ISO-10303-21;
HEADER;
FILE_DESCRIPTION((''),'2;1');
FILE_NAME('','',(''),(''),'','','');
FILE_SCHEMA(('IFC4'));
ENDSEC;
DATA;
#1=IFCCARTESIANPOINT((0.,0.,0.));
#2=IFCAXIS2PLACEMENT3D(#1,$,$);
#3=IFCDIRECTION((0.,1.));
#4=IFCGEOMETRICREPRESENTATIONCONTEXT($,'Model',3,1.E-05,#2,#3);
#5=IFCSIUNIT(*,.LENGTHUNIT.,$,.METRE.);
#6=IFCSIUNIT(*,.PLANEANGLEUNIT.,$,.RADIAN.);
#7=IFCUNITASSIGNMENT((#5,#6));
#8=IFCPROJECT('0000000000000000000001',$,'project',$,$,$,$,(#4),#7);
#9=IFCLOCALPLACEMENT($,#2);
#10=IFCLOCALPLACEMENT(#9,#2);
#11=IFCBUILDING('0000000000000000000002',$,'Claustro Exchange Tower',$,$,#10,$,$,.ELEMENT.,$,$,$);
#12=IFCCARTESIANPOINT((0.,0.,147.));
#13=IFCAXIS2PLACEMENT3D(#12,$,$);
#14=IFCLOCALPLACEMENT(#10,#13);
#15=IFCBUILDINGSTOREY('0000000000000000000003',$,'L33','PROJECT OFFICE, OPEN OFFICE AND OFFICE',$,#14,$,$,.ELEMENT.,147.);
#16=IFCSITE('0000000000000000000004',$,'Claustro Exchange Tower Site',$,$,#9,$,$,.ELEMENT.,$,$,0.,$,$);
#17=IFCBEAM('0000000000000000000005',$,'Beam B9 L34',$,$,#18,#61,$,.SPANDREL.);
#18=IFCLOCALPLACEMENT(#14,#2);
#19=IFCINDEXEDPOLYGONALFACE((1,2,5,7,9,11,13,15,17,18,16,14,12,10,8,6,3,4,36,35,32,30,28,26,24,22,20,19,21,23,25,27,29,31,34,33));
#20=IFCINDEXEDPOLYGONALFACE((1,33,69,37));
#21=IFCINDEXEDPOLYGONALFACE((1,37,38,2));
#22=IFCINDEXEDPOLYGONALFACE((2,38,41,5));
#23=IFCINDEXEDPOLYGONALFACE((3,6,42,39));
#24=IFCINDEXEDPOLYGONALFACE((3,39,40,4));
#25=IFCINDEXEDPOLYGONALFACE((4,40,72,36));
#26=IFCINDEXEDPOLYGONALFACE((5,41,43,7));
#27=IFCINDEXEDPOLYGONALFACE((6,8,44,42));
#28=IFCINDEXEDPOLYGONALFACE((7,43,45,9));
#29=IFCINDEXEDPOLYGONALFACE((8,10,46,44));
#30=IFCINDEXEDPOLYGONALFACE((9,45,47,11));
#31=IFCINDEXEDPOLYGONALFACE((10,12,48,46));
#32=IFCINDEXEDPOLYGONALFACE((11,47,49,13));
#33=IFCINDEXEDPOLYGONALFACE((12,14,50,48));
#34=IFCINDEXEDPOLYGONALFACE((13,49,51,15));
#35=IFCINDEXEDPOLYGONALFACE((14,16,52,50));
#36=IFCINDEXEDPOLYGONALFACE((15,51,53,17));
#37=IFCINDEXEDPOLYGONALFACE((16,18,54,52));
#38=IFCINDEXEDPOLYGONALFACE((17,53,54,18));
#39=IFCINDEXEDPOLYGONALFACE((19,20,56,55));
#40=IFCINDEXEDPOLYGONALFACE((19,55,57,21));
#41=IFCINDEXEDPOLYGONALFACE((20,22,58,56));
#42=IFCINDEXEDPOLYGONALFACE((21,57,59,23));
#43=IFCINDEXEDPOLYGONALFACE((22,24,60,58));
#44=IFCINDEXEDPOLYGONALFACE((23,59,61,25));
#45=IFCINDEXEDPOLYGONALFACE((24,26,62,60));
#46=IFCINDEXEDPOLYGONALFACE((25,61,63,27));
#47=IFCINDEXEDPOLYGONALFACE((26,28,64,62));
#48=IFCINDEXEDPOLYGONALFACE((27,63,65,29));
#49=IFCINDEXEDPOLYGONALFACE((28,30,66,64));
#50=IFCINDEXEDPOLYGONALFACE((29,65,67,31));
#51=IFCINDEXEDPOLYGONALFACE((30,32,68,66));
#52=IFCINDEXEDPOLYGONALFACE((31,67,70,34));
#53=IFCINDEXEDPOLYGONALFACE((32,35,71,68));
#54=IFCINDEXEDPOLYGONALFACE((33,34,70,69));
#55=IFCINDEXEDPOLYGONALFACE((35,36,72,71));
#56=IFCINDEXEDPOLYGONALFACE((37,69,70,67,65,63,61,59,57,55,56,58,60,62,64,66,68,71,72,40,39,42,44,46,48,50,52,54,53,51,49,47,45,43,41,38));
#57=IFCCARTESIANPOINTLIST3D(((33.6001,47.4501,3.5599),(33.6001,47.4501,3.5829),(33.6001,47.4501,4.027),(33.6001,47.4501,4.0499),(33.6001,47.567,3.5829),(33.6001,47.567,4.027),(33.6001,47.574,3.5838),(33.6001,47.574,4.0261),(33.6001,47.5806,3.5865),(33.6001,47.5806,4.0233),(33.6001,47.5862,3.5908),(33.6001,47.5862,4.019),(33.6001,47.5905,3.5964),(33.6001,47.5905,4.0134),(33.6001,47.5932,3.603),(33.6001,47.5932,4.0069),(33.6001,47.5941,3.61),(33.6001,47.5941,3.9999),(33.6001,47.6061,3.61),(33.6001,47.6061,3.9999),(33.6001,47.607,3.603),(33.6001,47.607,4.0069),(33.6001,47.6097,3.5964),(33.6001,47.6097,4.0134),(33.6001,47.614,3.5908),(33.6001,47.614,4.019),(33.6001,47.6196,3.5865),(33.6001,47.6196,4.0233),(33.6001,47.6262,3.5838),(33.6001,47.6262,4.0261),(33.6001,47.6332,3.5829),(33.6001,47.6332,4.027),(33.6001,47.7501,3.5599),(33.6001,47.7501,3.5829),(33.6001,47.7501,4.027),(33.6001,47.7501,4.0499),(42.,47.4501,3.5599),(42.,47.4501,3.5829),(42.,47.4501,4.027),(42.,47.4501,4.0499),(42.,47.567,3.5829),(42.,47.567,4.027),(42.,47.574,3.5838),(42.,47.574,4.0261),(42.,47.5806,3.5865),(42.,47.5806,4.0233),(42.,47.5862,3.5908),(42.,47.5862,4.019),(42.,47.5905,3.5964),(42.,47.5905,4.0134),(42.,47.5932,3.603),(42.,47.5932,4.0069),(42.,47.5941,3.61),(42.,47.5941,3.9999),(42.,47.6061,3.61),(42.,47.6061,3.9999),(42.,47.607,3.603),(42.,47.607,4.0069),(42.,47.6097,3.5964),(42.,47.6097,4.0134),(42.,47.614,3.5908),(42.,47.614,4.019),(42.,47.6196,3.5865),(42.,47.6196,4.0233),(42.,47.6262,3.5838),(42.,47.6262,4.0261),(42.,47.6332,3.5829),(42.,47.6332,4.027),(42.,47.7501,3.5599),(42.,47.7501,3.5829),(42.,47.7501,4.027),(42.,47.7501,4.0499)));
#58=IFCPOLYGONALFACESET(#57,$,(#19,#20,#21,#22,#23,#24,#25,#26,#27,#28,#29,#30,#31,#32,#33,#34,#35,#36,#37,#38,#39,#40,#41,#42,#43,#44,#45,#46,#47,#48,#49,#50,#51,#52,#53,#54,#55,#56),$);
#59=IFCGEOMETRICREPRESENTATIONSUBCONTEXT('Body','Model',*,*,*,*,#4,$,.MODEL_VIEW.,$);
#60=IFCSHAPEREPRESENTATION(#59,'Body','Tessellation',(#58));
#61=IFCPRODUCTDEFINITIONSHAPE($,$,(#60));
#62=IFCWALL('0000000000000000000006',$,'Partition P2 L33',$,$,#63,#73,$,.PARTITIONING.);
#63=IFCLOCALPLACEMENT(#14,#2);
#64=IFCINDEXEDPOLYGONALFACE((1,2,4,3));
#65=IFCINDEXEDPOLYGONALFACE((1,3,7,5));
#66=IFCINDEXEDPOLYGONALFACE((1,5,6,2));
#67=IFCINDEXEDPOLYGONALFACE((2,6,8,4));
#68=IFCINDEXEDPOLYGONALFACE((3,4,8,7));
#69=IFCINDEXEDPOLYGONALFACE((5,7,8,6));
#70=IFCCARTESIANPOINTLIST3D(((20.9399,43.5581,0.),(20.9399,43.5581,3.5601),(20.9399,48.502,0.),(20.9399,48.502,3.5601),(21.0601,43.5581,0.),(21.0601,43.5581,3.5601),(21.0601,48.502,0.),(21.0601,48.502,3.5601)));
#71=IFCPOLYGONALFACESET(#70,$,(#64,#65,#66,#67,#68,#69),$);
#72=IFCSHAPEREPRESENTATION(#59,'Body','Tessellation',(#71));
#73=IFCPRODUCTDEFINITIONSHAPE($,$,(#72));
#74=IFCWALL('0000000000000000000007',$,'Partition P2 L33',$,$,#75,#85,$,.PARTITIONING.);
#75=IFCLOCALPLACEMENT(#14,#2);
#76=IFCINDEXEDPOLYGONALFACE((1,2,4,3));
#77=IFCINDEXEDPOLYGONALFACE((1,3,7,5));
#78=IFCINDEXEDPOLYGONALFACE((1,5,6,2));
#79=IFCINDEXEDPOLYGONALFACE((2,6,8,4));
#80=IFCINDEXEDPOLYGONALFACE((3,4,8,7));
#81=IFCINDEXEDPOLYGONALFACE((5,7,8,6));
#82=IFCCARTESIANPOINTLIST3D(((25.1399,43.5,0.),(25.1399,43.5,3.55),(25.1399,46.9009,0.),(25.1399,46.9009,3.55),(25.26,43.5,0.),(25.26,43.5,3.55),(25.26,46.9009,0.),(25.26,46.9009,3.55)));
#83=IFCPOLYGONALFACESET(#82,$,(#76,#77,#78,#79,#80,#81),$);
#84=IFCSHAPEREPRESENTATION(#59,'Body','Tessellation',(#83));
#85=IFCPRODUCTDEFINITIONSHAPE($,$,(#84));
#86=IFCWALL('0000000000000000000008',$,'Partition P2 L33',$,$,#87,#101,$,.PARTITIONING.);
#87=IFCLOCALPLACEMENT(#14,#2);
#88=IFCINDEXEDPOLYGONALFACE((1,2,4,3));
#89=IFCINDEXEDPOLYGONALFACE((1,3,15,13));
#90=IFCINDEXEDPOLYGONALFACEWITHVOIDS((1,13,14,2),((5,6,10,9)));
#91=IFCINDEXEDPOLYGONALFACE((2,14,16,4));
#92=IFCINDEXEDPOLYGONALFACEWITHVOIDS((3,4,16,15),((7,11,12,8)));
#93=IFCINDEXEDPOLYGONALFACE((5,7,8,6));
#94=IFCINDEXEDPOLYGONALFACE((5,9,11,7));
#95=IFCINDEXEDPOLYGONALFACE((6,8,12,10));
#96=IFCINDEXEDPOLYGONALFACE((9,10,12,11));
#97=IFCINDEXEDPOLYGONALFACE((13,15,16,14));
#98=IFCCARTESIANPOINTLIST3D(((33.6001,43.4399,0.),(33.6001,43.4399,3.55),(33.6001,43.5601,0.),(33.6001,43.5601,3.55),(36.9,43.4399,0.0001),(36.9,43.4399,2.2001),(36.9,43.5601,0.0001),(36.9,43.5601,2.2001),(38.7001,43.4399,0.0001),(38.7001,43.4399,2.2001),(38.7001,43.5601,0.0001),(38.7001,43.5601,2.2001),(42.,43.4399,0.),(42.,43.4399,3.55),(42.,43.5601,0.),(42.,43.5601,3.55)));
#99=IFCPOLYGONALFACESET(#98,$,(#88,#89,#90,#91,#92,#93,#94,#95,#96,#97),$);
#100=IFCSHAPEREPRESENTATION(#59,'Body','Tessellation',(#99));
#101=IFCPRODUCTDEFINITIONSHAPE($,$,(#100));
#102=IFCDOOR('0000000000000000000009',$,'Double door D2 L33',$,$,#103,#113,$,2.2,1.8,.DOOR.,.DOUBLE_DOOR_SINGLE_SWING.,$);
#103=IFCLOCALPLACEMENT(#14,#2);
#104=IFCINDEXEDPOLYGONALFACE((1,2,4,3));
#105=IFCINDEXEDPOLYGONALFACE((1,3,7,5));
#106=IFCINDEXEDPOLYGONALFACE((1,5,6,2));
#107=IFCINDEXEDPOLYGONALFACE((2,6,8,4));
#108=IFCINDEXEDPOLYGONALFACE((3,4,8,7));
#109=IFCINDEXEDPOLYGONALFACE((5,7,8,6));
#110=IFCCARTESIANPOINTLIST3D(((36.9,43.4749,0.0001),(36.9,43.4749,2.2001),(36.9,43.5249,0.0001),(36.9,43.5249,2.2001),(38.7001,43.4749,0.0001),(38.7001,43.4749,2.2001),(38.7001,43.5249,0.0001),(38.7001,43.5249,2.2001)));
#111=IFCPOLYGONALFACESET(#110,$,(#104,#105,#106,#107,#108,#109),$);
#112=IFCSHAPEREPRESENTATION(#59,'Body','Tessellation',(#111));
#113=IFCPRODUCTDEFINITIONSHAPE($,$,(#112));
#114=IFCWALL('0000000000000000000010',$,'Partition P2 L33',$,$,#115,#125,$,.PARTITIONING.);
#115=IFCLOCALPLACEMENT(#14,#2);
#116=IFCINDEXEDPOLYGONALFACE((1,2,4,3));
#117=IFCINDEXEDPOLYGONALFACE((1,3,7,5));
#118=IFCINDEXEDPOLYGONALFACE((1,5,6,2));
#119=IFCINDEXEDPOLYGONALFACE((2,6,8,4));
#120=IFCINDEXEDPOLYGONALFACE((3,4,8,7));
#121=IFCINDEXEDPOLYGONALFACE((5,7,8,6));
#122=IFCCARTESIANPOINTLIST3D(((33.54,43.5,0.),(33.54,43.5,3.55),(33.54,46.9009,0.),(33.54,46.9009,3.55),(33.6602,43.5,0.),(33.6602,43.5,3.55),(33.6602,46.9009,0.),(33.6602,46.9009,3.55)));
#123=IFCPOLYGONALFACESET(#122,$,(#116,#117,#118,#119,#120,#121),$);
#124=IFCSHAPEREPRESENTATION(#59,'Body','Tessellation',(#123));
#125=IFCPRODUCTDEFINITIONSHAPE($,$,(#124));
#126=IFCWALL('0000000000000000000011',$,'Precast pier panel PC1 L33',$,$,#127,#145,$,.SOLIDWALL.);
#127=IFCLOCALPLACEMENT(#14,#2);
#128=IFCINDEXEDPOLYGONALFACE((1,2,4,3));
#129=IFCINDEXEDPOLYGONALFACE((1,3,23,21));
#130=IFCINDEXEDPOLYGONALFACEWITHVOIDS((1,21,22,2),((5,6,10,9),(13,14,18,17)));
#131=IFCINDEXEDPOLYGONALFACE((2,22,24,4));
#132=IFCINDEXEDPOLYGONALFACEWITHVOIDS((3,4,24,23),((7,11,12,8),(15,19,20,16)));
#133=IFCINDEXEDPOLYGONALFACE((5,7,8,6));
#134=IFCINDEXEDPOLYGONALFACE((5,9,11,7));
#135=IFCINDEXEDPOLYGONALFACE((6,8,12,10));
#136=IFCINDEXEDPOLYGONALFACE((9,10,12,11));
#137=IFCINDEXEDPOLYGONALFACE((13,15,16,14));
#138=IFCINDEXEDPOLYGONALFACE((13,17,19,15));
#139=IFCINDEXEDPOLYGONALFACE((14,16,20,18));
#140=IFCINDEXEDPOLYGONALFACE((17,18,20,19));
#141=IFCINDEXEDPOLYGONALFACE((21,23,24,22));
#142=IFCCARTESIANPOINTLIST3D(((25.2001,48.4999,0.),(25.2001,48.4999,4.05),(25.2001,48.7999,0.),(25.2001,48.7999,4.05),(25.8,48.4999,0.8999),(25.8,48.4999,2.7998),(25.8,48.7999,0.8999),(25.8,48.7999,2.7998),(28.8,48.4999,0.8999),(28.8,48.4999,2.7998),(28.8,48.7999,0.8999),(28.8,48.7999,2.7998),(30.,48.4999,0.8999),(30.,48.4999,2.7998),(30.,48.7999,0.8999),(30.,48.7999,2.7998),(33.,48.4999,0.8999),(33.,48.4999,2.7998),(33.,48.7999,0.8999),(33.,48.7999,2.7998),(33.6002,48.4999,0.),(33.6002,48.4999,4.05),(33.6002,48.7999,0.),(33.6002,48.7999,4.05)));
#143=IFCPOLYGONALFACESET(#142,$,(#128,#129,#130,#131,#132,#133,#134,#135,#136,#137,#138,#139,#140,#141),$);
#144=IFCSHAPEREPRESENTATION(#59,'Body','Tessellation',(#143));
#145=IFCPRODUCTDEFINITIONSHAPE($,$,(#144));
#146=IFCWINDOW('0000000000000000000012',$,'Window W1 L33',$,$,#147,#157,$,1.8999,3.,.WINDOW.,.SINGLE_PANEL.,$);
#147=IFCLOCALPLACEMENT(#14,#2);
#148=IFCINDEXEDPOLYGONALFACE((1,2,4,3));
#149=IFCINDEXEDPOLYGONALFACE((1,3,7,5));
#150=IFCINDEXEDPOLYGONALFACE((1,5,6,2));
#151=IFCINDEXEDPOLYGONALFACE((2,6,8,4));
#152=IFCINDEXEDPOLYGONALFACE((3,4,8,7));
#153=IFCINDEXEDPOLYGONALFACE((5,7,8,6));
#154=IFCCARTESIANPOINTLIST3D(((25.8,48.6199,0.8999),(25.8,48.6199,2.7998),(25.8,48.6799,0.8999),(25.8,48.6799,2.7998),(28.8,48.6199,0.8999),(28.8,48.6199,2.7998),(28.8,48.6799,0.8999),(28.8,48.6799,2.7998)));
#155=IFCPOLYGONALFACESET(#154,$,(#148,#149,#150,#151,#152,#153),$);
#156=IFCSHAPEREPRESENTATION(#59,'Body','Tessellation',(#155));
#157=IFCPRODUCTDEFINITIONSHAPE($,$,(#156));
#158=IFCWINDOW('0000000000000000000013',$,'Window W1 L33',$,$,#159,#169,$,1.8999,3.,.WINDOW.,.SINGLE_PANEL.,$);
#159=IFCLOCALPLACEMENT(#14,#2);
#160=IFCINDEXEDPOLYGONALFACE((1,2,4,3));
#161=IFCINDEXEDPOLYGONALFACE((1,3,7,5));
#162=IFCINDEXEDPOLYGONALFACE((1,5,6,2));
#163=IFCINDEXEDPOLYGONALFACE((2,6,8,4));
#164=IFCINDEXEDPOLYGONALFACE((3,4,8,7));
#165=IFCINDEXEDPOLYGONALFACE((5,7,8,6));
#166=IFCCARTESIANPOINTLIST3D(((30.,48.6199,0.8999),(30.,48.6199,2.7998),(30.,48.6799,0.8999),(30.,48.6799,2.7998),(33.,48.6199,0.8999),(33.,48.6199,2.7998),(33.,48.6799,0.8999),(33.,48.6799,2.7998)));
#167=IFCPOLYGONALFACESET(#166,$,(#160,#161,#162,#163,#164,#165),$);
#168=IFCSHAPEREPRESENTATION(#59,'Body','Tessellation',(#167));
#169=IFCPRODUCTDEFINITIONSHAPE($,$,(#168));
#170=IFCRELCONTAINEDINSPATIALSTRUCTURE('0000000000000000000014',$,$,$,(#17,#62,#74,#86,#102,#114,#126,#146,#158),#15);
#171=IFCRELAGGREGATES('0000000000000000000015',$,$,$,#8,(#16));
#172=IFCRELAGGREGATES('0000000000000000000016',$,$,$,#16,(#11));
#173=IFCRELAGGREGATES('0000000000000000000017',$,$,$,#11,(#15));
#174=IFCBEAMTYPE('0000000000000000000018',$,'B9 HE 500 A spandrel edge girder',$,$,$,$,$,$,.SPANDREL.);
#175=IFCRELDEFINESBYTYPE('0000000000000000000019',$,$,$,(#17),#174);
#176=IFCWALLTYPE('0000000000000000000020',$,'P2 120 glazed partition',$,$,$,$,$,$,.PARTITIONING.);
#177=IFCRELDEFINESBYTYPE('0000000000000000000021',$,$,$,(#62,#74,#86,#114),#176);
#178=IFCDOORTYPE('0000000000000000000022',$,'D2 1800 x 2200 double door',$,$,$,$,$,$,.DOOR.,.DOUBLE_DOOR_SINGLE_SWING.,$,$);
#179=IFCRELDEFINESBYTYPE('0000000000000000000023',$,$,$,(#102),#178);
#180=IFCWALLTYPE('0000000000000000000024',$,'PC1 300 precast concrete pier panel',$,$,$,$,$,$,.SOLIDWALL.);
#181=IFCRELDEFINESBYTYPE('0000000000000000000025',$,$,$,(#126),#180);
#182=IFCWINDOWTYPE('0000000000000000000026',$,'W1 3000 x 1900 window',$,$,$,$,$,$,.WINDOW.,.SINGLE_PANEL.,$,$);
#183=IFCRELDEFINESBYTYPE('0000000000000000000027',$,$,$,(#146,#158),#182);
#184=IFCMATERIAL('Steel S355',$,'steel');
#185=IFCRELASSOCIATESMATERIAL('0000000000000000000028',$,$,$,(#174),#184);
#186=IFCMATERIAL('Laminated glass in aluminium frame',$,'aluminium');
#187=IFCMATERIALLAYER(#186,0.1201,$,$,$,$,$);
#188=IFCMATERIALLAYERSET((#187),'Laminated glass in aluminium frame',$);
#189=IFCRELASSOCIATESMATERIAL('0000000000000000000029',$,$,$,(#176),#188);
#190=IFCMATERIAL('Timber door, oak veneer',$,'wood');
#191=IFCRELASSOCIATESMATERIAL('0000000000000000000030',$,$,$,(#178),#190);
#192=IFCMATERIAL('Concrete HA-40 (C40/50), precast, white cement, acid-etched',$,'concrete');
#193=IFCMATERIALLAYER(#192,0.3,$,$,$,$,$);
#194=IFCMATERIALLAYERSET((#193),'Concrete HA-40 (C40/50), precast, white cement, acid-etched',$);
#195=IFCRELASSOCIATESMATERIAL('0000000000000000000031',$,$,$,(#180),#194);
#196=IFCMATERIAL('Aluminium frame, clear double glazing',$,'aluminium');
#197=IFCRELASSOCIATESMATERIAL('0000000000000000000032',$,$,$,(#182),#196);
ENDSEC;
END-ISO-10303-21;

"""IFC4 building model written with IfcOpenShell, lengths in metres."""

from ifc_helpers import new_model, si_unit, direction, frame, frame_2d, origin, origin_2d, place, context, subcontext, project, spatial, rectangle, i_section, extrude, material, layer, layer_set, material_profile, profile_set, type_object, element, fill, save


model = new_model("IFC4")

# Units and contexts
model_context = context("Model", 3, precision=1e-05, world=origin(), true_north=direction((0.0, 1.0)))
body_context = subcontext(model_context, "Body", "Model", "MODEL_VIEW")
ifc_project = project(units=[si_unit("LENGTHUNIT", "METRE"), si_unit("PLANEANGLEUNIT", "RADIAN")], contexts=[model_context])

# Site, building, storey
site_placement = place(None, origin())
site = spatial("IfcSite", under=ifc_project, at=site_placement, Name="Claustro Exchange Tower Site", CompositionType="ELEMENT", RefElevation=0.0)
building_placement = place(site_placement, origin())
building = spatial("IfcBuilding", under=site, at=building_placement, Name="Claustro Exchange Tower", CompositionType="ELEMENT")
storey_placement = place(building_placement, frame((0.0, 0.0, 147.0)))
storey = spatial("IfcBuildingStorey", under=building, at=storey_placement, Name="L33", Description="PROJECT OFFICE, OPEN OFFICE AND OFFICE", CompositionType="ELEMENT", Elevation=147.0)

# Beam
ifc_material_1 = material(Name="Steel S355", Category="steel")
ifc_material_profile_1 = material_profile(ifc_material_1, i_section(OverallWidth=0.3, OverallDepth=0.49, WebThickness=0.012, FlangeThickness=0.0229, FilletRadius=0.0271, at=origin_2d()), Name="HE 500 A")
ifc_profile_set_1 = profile_set([ifc_material_profile_1], Name="Steel S355")
beam_type_1 = type_object("IfcBeamType", Name="B9 HE 500 A spandrel edge girder", PredefinedType="SPANDREL", material=ifc_profile_set_1)
beam_1_placement = place(storey_placement, frame((33.6001, 47.6001, 3.8049), z_axis=(1.0, 0.0, 0.0), x_axis=(0.0, 1.0, 0.0)))
element("IfcBeam", 1, at=beam_1_placement, inside=storey, type_object=beam_type_1, Name="Beam B9 L34", PredefinedType="SPANDREL", context=body_context, shape_type="SweptSolid", body=[
    extrude(i_section(OverallWidth=0.3, OverallDepth=0.49, WebThickness=0.012, FlangeThickness=0.0229, FilletRadius=0.0271, at=origin_2d()), origin(), (0.0, 0.0, 1.0), 8.3999),
])

# Walls
ifc_material_2 = material(Name="Laminated glass in aluminium frame", Category="aluminium")
ifc_layer_1 = layer(ifc_material_2, 0.1201)
ifc_layer_set_1 = layer_set([ifc_layer_1], Name="Laminated glass in aluminium frame")
wall_type_1 = type_object("IfcWallType", Name="P2 120 glazed partition", PredefinedType="PARTITIONING", material=ifc_layer_set_1)
wall_1_placement = place(storey_placement, frame((21.0, 43.5581, 0.0), z_axis=(0.0, 0.0, 1.0), x_axis=(0.0, 1.0, 0.0)))
element("IfcWall", 2, at=wall_1_placement, inside=storey, type_object=wall_type_1, Name="Partition P2 L33", PredefinedType="PARTITIONING", context=body_context, shape_type="SweptSolid", body=[
    extrude(rectangle(XDim=4.9438, YDim=0.1201, at=frame_2d((2.4719, 0.0))), origin(), (0.0, 0.0, 1.0), 3.5601),
])
wall_2_placement = place(storey_placement, frame((25.2, 43.5, 0.0), z_axis=(0.0, 0.0, 1.0), x_axis=(0.0, 1.0, 0.0)))
element("IfcWall", 3, at=wall_2_placement, inside=storey, type_object=wall_type_1, Name="Partition P2 L33", PredefinedType="PARTITIONING", context=body_context, shape_type="SweptSolid", body=[
    extrude(rectangle(XDim=3.4009, YDim=0.1201, at=frame_2d((1.7004, 0.0))), origin(), (0.0, 0.0, 1.0), 3.55),
])

# Wall, opening, door
wall_3_placement = place(storey_placement, frame((33.6001, 43.5, 0.0), z_axis=(0.0, 0.0, 1.0), x_axis=(1.0, 0.0, 0.0)))
wall_3 = element("IfcWall", 4, at=wall_3_placement, inside=storey, type_object=wall_type_1, Name="Partition P2 L33", PredefinedType="PARTITIONING", context=body_context, shape_type="SweptSolid", body=[
    extrude(rectangle(XDim=8.3999, YDim=0.1201, at=frame_2d((4.2, 0.0))), origin(), (0.0, 0.0, 1.0), 3.55),
])
opening_1_placement = place(wall_3_placement, frame((3.3, 0.0, 0.0)))
opening_1 = element("IfcOpeningElement", 5, at=opening_1_placement, cuts=wall_3, PredefinedType="OPENING", context=body_context, shape_type="SweptSolid", body=[
    extrude(rectangle(XDim=1.8, YDim=2.2, at=frame_2d((0.8999, 1.1001))), frame((0.0, 0.0701, 0.0), z_axis=(0.0, -1.0, 0.0), x_axis=(1.0, 0.0, 0.0)), (0.0, 0.0, 1.0), 0.1401),
])
ifc_material_3 = material(Name="Timber door, oak veneer", Category="wood")
door_type = type_object("IfcDoorType", Name="D2 1800 x 2200 double door", OperationType="DOUBLE_DOOR_SINGLE_SWING", PredefinedType="DOOR", material=ifc_material_3)
door_placement = place(opening_1_placement, origin())
door = element("IfcDoor", 6, at=door_placement, inside=storey, type_object=door_type, Name="Double door D2 L33", OperationType="DOUBLE_DOOR_SINGLE_SWING", OverallHeight=2.2, OverallWidth=1.8, PredefinedType="DOOR", context=body_context, shape_type="SweptSolid", body=[
    extrude(rectangle(XDim=1.8, YDim=2.2, at=frame_2d((0.8999, 1.1001))), frame((0.0, 0.0249, 0.0), z_axis=(0.0, -1.0, 0.0), x_axis=(1.0, 0.0, 0.0)), (0.0, 0.0, 1.0), 0.05),
])
fill(opening_1, door)

# Wall
wall_4_placement = place(storey_placement, frame((33.6001, 43.5, 0.0), z_axis=(0.0, 0.0, 1.0), x_axis=(0.0, 1.0, 0.0)))
element("IfcWall", 7, at=wall_4_placement, inside=storey, type_object=wall_type_1, Name="Partition P2 L33", PredefinedType="PARTITIONING", context=body_context, shape_type="SweptSolid", body=[
    extrude(rectangle(XDim=3.4009, YDim=0.1201, at=frame_2d((1.7004, 0.0))), origin(), (0.0, 0.0, 1.0), 3.55),
])

# Wall, openings, windows
ifc_material_4 = material(Name="Concrete HA-40 (C40/50), precast, white cement, acid-etched", Category="concrete")
ifc_layer_2 = layer(ifc_material_4, 0.3)
ifc_layer_set_2 = layer_set([ifc_layer_2], Name="Concrete HA-40 (C40/50), precast, white cement, acid-etched")
wall_type_2 = type_object("IfcWallType", Name="PC1 300 precast concrete pier panel", PredefinedType="SOLIDWALL", material=ifc_layer_set_2)
wall_5_placement = place(storey_placement, frame((25.2, 48.6499, 0.0), z_axis=(0.0, 0.0, 1.0), x_axis=(1.0, 0.0, 0.0)))
wall_5 = element("IfcWall", 8, at=wall_5_placement, inside=storey, type_object=wall_type_2, Name="Precast pier panel PC1 L33", PredefinedType="SOLIDWALL", context=body_context, shape_type="SweptSolid", body=[
    extrude(rectangle(XDim=8.4001, YDim=0.3, at=frame_2d((4.2002, 0.0))), origin(), (0.0, 0.0, 1.0), 4.05),
])
opening_2_placement = place(wall_5_placement, frame((0.6001, 0.0, 0.8999)))
opening_2 = element("IfcOpeningElement", 9, at=opening_2_placement, cuts=wall_5, PredefinedType="OPENING", context=body_context, shape_type="SweptSolid", body=[
    extrude(rectangle(XDim=3.0, YDim=1.8999, at=frame_2d((1.5, 0.95))), frame((0.0, 0.1599, 0.0), z_axis=(0.0, -1.0, 0.0), x_axis=(1.0, 0.0, 0.0)), (0.0, 0.0, 1.0), 0.3201),
])
opening_3_placement = place(wall_5_placement, frame((4.8, 0.0, 0.8999)))
opening_3 = element("IfcOpeningElement", 10, at=opening_3_placement, cuts=wall_5, PredefinedType="OPENING", context=body_context, shape_type="SweptSolid", body=[
    extrude(rectangle(XDim=3.0, YDim=1.8999, at=frame_2d((1.5, 0.95))), frame((0.0, 0.1599, 0.0), z_axis=(0.0, -1.0, 0.0), x_axis=(1.0, 0.0, 0.0)), (0.0, 0.0, 1.0), 0.3201),
])
ifc_material_5 = material(Name="Aluminium frame, clear double glazing", Category="aluminium")
window_type = type_object("IfcWindowType", Name="W1 3000 x 1900 window", PartitioningType="SINGLE_PANEL", PredefinedType="WINDOW", material=ifc_material_5)
window_1_placement = place(opening_2_placement, origin())
window_1 = element("IfcWindow", 11, at=window_1_placement, inside=storey, type_object=window_type, Name="Window W1 L33", OverallHeight=1.8999, OverallWidth=3.0, PartitioningType="SINGLE_PANEL", PredefinedType="WINDOW", context=body_context, shape_type="SweptSolid", body=[
    extrude(rectangle(XDim=3.0, YDim=1.8999, at=frame_2d((1.5, 0.95))), frame((0.0, 0.03, 0.0), z_axis=(0.0, -1.0, 0.0), x_axis=(1.0, 0.0, 0.0)), (0.0, 0.0, 1.0), 0.0601),
])
fill(opening_2, window_1)
window_2_placement = place(opening_3_placement, origin())
window_2 = element("IfcWindow", 12, at=window_2_placement, inside=storey, type_object=window_type, Name="Window W1 L33", OverallHeight=1.8999, OverallWidth=3.0, PartitioningType="SINGLE_PANEL", PredefinedType="WINDOW", context=body_context, shape_type="SweptSolid", body=[
    extrude(rectangle(XDim=3.0, YDim=1.8999, at=frame_2d((1.5, 0.95))), frame((0.0, 0.03, 0.0), z_axis=(0.0, -1.0, 0.0), x_axis=(1.0, 0.0, 0.0)), (0.0, 0.0, 1.0), 0.0601),
])
fill(opening_3, window_2)

save(model, "model.ifc")
